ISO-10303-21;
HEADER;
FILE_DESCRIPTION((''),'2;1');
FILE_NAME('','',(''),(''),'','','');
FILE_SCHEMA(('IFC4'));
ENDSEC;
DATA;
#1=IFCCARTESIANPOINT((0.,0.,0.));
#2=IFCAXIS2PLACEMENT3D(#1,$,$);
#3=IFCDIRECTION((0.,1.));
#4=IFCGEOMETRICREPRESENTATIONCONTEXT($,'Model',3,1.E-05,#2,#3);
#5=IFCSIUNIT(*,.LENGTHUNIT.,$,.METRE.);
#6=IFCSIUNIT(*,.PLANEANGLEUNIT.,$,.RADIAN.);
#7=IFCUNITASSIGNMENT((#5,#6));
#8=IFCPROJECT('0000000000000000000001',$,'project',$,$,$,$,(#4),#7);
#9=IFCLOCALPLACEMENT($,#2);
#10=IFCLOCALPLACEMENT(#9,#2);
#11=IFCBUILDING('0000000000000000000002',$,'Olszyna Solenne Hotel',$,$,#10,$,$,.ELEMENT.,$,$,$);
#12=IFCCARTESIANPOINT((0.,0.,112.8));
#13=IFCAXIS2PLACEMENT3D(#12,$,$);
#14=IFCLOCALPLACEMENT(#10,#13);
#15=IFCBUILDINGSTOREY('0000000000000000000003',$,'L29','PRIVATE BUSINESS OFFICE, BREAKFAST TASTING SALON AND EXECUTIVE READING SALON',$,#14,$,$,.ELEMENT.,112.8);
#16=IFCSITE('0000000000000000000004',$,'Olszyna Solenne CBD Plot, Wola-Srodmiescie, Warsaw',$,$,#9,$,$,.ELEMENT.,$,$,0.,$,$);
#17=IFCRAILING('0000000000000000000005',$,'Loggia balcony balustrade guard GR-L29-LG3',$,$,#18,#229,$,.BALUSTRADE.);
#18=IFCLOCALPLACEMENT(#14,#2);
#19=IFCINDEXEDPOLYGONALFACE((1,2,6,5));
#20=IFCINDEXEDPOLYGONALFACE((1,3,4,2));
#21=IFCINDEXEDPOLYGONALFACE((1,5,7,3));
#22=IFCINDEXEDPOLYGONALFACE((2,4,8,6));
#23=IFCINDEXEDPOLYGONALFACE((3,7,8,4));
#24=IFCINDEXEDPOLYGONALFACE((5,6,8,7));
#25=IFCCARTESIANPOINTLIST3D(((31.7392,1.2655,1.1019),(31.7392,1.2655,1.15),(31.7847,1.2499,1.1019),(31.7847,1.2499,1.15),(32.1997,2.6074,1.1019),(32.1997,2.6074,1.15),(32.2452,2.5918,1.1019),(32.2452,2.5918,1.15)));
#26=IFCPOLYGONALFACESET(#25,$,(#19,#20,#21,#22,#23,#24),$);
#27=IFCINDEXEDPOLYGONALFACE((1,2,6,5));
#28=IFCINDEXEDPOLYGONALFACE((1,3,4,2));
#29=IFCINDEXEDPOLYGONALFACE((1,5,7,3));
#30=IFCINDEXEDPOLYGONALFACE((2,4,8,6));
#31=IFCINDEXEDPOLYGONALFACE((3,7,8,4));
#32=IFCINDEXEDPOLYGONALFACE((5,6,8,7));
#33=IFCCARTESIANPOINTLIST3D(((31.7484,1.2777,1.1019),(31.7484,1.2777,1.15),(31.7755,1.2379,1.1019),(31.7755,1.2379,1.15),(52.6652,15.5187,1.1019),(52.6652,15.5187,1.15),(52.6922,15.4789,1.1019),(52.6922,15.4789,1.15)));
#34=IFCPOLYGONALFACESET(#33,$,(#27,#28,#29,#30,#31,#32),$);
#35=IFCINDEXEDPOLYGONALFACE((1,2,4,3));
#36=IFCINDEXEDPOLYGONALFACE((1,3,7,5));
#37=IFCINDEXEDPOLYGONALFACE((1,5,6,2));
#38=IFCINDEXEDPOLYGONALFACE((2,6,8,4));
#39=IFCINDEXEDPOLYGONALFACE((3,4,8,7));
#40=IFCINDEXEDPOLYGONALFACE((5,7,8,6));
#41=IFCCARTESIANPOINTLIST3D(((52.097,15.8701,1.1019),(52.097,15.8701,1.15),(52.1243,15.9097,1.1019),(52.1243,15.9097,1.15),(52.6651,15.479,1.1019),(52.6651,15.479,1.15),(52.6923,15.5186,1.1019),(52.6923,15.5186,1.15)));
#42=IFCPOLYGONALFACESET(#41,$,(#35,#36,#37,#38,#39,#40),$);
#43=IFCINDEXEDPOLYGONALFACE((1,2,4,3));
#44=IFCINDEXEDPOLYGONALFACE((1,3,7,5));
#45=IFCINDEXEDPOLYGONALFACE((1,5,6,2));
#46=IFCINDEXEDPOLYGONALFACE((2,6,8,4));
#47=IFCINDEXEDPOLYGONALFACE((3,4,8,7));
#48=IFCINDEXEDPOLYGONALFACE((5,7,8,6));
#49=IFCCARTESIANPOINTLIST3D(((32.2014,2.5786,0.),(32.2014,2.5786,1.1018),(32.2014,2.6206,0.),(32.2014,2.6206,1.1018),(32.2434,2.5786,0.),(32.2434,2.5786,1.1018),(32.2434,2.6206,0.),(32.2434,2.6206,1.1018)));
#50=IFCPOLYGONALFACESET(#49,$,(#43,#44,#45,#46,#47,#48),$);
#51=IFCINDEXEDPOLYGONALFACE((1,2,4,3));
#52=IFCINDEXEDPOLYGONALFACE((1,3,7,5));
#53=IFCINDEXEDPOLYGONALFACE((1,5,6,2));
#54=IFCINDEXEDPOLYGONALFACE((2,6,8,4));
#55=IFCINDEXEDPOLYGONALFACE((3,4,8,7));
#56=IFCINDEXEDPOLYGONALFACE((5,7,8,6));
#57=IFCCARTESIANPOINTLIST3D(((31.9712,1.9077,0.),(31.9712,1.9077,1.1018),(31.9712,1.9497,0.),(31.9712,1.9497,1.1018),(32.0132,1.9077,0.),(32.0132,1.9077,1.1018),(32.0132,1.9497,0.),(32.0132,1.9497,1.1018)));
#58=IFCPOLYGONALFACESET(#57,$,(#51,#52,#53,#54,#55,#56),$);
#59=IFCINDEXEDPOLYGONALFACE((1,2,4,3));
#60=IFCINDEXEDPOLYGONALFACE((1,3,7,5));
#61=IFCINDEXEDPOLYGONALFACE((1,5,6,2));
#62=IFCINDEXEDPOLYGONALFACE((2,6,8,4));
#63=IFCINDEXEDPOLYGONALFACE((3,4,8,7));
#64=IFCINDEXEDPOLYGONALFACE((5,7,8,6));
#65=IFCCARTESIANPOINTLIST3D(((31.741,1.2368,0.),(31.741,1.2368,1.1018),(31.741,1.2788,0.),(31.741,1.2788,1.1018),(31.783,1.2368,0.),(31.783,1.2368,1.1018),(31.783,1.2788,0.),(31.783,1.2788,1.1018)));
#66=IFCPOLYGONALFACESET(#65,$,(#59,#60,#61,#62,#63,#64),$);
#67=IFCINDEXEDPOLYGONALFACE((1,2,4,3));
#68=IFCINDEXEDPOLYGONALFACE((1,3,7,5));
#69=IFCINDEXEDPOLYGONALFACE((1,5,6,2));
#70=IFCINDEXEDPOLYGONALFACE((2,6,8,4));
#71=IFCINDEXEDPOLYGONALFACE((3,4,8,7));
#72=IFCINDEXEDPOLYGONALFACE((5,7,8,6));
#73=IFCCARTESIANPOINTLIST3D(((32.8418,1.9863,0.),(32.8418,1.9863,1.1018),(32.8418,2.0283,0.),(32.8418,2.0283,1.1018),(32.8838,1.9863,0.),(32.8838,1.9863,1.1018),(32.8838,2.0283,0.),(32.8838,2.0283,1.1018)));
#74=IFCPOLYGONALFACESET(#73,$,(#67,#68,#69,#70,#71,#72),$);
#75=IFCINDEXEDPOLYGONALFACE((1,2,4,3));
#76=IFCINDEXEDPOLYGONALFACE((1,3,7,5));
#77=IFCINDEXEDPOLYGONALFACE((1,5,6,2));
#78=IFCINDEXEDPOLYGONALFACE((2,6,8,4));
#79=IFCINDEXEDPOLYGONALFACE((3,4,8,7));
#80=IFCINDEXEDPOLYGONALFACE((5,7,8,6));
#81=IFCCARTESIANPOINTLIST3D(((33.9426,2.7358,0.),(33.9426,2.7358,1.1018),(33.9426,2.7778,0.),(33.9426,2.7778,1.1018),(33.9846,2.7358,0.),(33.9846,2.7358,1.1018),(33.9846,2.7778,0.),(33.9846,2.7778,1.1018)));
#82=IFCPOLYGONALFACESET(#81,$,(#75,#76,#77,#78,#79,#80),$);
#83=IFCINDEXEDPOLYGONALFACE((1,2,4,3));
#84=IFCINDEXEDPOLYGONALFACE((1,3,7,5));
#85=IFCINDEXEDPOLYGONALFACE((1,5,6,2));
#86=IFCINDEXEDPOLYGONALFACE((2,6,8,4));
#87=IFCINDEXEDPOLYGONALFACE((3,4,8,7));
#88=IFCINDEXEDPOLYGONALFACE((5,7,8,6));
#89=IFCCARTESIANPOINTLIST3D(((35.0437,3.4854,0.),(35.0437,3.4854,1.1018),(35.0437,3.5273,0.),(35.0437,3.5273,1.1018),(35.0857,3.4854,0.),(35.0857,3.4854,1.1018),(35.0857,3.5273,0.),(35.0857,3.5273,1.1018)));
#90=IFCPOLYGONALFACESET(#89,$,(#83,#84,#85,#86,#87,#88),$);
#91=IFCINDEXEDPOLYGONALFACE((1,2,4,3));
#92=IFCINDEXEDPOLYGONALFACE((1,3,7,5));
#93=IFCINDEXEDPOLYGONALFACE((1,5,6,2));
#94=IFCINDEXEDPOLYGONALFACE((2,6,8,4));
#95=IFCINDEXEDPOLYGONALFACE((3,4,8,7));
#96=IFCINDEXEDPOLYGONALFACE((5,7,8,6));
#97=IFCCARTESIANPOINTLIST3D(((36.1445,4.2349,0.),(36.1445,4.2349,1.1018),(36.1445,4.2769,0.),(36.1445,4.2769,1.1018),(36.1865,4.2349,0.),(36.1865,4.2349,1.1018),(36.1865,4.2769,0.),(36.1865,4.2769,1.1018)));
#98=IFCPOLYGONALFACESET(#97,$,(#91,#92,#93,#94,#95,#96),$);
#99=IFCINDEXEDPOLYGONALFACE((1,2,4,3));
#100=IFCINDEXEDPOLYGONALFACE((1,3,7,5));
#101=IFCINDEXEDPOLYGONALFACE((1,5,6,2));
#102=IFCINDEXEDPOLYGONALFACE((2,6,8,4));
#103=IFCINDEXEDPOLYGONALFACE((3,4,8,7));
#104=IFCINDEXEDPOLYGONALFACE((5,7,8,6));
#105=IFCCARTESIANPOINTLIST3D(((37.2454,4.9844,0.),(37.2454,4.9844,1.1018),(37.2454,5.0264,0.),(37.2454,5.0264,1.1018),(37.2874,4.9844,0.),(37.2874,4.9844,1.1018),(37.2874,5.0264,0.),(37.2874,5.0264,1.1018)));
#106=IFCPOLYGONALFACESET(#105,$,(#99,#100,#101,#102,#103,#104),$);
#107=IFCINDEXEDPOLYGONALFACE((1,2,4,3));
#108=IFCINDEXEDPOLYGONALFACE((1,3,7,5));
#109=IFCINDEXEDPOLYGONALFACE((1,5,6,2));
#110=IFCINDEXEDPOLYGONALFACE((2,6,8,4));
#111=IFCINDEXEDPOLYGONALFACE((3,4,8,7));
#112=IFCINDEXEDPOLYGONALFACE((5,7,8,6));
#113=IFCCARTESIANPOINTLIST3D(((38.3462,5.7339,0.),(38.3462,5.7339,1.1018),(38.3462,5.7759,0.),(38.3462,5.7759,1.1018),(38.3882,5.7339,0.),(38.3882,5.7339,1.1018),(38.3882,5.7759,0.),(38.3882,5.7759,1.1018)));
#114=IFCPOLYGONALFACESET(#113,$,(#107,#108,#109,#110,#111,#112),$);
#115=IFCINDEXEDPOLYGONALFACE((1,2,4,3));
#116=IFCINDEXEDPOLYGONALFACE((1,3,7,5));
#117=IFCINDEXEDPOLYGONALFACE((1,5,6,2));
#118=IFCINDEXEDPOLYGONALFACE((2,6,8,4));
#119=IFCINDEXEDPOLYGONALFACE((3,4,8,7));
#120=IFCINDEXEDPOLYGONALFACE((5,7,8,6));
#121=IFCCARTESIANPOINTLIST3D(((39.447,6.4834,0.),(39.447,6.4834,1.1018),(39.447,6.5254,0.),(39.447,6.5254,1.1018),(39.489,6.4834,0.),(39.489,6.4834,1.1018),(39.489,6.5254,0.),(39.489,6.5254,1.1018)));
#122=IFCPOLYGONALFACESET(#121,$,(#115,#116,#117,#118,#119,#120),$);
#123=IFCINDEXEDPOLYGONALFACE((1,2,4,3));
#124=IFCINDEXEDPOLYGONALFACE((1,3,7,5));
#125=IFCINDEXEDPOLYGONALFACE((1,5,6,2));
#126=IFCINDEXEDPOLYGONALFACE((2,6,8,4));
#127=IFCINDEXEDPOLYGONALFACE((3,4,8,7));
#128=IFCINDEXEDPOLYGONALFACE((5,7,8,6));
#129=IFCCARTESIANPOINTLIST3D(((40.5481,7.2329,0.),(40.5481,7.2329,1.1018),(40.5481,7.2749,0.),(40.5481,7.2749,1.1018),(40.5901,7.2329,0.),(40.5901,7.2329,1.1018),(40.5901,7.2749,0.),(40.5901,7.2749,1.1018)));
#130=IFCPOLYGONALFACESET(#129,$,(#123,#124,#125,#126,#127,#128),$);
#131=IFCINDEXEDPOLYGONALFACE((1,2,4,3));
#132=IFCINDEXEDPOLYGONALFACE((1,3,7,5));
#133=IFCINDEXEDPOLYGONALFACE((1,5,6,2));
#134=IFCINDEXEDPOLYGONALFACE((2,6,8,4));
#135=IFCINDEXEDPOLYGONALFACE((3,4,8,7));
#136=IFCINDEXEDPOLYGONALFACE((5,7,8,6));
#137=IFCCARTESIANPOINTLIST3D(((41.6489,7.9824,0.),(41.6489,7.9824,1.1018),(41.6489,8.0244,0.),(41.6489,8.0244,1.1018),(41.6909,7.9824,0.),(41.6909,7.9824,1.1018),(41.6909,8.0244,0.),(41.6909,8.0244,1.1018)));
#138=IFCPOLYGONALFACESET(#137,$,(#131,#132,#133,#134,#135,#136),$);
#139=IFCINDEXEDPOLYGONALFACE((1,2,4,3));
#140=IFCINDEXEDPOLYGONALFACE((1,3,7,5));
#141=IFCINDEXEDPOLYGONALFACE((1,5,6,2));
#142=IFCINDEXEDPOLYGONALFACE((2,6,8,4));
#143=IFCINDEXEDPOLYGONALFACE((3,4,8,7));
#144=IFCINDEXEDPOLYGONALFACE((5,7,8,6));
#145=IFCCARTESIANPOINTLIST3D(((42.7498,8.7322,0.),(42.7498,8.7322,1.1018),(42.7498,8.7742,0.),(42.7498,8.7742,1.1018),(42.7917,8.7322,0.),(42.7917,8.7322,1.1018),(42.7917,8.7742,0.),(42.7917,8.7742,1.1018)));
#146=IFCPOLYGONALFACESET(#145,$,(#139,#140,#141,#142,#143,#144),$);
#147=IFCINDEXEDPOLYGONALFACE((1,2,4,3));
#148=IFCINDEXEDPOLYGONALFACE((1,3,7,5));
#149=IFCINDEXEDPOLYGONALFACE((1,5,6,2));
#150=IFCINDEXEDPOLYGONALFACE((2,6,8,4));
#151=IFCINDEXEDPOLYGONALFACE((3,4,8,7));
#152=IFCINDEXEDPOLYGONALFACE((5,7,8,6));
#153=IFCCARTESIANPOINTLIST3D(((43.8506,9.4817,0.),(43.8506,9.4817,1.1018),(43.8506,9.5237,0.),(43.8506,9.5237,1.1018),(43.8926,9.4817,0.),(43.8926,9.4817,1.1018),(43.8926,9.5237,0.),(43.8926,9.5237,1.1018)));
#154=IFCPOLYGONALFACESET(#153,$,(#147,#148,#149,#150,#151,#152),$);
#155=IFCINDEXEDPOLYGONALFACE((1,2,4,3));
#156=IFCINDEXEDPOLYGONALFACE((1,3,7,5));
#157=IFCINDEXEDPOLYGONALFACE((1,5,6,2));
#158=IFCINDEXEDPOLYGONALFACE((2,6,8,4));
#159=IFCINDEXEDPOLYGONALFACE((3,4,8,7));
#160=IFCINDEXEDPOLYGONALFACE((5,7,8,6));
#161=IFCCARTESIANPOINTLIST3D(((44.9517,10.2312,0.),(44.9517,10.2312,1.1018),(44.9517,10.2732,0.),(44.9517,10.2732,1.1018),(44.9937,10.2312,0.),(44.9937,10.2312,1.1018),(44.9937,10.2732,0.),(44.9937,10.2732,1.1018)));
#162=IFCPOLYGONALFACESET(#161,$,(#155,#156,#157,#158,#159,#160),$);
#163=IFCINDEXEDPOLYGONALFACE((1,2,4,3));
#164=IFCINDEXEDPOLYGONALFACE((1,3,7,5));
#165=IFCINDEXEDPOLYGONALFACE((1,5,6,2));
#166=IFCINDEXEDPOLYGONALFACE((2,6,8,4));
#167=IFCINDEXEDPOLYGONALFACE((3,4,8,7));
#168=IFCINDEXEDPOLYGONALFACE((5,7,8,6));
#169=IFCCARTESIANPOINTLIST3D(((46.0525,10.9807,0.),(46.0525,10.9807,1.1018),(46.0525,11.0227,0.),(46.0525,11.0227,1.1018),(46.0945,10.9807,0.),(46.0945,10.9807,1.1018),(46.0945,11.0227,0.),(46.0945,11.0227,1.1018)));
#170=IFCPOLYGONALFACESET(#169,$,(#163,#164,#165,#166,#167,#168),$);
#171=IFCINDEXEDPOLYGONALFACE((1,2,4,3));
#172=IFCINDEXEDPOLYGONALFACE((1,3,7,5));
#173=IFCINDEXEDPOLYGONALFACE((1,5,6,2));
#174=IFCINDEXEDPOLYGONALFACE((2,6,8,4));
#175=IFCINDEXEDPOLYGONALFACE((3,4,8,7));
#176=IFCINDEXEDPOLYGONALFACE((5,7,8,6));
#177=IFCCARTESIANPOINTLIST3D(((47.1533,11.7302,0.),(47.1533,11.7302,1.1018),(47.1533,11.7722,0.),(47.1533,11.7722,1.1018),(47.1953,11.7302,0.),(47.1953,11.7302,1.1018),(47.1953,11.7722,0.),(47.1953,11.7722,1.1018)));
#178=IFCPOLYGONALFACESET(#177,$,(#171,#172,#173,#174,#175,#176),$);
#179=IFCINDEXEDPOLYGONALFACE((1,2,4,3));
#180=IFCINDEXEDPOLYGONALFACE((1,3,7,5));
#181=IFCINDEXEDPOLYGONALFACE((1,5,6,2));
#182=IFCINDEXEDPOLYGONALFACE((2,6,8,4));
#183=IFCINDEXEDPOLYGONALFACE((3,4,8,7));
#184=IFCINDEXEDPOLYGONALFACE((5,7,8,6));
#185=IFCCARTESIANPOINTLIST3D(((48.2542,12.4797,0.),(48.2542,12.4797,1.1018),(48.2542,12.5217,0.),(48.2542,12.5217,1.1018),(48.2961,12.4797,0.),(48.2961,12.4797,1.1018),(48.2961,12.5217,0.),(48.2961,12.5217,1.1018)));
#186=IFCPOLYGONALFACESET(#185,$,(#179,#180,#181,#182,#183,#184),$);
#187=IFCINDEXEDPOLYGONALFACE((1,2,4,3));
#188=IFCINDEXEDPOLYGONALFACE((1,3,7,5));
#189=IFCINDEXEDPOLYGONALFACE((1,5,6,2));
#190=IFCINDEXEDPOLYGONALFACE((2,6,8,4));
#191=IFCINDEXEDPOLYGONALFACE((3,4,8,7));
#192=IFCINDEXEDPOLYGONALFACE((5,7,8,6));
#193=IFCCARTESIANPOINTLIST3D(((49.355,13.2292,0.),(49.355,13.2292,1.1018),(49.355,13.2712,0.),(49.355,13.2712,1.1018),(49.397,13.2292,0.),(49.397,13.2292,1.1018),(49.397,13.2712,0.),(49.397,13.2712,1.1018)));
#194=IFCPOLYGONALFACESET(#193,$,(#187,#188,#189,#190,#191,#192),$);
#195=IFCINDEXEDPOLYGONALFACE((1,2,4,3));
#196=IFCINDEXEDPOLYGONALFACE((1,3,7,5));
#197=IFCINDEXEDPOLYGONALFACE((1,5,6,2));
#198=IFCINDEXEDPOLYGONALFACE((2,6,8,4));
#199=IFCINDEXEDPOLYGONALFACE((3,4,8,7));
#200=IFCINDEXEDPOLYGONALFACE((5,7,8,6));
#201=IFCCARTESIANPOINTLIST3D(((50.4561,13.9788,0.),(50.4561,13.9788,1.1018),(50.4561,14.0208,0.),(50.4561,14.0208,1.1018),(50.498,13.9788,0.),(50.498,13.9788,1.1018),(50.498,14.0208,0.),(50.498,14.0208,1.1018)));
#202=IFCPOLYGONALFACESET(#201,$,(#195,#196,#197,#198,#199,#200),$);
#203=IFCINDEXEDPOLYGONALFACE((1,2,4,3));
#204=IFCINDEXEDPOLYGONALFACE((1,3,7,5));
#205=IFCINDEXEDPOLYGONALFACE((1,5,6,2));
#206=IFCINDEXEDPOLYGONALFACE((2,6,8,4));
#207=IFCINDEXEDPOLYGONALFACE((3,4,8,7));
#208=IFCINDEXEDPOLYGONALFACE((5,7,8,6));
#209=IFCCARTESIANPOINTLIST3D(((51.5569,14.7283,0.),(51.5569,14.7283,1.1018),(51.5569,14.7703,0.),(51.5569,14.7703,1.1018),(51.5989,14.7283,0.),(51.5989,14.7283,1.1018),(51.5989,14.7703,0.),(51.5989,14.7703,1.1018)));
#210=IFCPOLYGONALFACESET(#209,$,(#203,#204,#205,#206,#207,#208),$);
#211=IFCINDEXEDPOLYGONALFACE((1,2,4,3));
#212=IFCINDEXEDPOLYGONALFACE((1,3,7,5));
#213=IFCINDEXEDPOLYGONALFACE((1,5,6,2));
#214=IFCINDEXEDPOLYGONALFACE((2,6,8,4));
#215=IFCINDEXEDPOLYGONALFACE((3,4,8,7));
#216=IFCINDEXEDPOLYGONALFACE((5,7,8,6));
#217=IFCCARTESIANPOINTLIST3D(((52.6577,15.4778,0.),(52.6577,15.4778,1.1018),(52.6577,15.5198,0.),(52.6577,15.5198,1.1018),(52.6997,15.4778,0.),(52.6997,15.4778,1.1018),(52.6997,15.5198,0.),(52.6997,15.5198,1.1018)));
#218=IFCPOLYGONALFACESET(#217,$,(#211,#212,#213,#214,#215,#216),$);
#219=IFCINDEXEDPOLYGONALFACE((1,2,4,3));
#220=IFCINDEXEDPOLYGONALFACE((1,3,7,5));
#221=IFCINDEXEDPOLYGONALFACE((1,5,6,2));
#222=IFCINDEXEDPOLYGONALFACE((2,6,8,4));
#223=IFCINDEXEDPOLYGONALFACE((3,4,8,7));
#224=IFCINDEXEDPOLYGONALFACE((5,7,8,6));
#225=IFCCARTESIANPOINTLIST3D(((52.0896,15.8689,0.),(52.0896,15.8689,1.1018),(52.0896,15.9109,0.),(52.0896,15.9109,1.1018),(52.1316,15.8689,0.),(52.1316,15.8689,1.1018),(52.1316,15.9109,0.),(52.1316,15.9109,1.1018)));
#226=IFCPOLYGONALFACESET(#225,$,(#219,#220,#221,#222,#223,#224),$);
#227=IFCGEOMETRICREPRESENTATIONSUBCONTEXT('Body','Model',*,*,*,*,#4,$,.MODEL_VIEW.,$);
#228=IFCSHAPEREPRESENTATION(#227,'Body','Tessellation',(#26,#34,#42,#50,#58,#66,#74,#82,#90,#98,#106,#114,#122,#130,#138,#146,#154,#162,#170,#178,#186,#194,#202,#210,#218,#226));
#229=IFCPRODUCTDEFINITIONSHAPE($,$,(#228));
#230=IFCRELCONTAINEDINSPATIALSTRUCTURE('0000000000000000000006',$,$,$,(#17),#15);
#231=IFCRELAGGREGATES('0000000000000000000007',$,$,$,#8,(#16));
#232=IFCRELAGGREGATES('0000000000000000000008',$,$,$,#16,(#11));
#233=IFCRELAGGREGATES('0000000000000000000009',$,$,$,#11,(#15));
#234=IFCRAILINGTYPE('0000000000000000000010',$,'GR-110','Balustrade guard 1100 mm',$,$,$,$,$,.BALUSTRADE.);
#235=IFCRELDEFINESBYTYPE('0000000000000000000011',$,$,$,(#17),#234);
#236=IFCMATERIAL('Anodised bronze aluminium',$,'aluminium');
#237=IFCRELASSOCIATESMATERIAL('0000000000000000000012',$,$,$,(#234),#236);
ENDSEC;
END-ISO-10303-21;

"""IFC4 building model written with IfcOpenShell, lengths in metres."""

from ifc_helpers import new_model, si_unit, direction, frame, origin, origin_2d, place, context, subcontext, project, spatial, rectangle, extrude, material, type_object, element, save


model = new_model("IFC4")

# Units and contexts
model_context = context("Model", 3, precision=1e-05, world=origin(), true_north=direction((0.0, 1.0)))
body_context = subcontext(model_context, "Body", "Model", "MODEL_VIEW")
ifc_project = project(units=[si_unit("LENGTHUNIT", "METRE"), si_unit("PLANEANGLEUNIT", "RADIAN")], contexts=[model_context])

# Site, building, storey
site_placement = place(None, origin())
site = spatial("IfcSite", under=ifc_project, at=site_placement, Name="Olszyna Solenne CBD Plot, Wola-Srodmiescie, Warsaw", CompositionType="ELEMENT", RefElevation=0.0)
building_placement = place(site_placement, origin())
building = spatial("IfcBuilding", under=site, at=building_placement, Name="Olszyna Solenne Hotel", CompositionType="ELEMENT")
storey_placement = place(building_placement, frame((0.0, 0.0, 112.8)))
storey = spatial("IfcBuildingStorey", under=building, at=storey_placement, Name="L29", Description="PRIVATE BUSINESS OFFICE, BREAKFAST TASTING SALON AND EXECUTIVE READING SALON", CompositionType="ELEMENT", Elevation=112.8)

# Railing
ifc_material_1 = material(Name="Anodised bronze aluminium", Category="aluminium")
railing_type_1 = type_object("IfcRailingType", Name="GR-110", Description="Balustrade guard 1100 mm", PredefinedType="BALUSTRADE", material=ifc_material_1)
railing_1_placement = place(storey_placement, frame((32.2224, 2.5996, 0.0)))
element("IfcRailing", 1, at=railing_1_placement, inside=storey, type_object=railing_type_1, Name="Loggia balcony balustrade guard GR-L29-LG3", PredefinedType="BALUSTRADE", context=body_context, shape_type="SweptSolid", body=[
    extrude(rectangle(XDim=0.0481, YDim=0.0481, at=origin_2d()), frame((0.0, 0.0, 1.126), z_axis=(-0.32458, -0.945858, 0.0), x_axis=(0.945858, -0.32458, 0.0)), (0.0, 0.0, 1.0), 1.4187),
    extrude(rectangle(XDim=0.0481, YDim=0.0481, at=origin_2d()), frame((-0.4604, -1.3418, 1.126), z_axis=(0.826603, 0.562785, 0.0), x_axis=(-0.562785, 0.826603, 0.0)), (0.0, 0.0, 1.0), 25.3044),
    extrude(rectangle(XDim=0.0481, YDim=0.0481, at=origin_2d()), frame((20.4563, 12.8992, 1.126), z_axis=(-0.82368, 0.567054, 0.0), x_axis=(-0.567054, -0.82368, 0.0)), (0.0, 0.0, 1.0), 0.6897),
    extrude(rectangle(XDim=0.042, YDim=0.042, at=origin_2d()), origin(), (0.0, 0.0, 1.0), 1.1018),
    extrude(rectangle(XDim=0.042, YDim=0.042, at=origin_2d()), frame((-0.2302, -0.6709, 0.0)), (0.0, 0.0, 1.0), 1.1018),
    extrude(rectangle(XDim=0.042, YDim=0.042, at=origin_2d()), frame((-0.4604, -1.3418, 0.0)), (0.0, 0.0, 1.0), 1.1018),
    extrude(rectangle(XDim=0.042, YDim=0.042, at=origin_2d()), frame((0.6404, -0.5923, 0.0)), (0.0, 0.0, 1.0), 1.1018),
    extrude(rectangle(XDim=0.042, YDim=0.042, at=origin_2d()), frame((1.7412, 0.1572, 0.0)), (0.0, 0.0, 1.0), 1.1018),
    extrude(rectangle(XDim=0.042, YDim=0.042, at=origin_2d()), frame((2.8423, 0.9067, 0.0)), (0.0, 0.0, 1.0), 1.1018),
    extrude(rectangle(XDim=0.042, YDim=0.042, at=origin_2d()), frame((3.9431, 1.6562, 0.0)), (0.0, 0.0, 1.0), 1.1018),
    extrude(rectangle(XDim=0.042, YDim=0.042, at=origin_2d()), frame((5.0439, 2.4058, 0.0)), (0.0, 0.0, 1.0), 1.1018),
    extrude(rectangle(XDim=0.042, YDim=0.042, at=origin_2d()), frame((6.1448, 3.1553, 0.0)), (0.0, 0.0, 1.0), 1.1018),
    extrude(rectangle(XDim=0.042, YDim=0.042, at=origin_2d()), frame((7.2456, 3.9048, 0.0)), (0.0, 0.0, 1.0), 1.1018),
    extrude(rectangle(XDim=0.042, YDim=0.042, at=origin_2d()), frame((8.3467, 4.6543, 0.0)), (0.0, 0.0, 1.0), 1.1018),
    extrude(rectangle(XDim=0.042, YDim=0.042, at=origin_2d()), frame((9.4475, 5.4038, 0.0)), (0.0, 0.0, 1.0), 1.1018),
    extrude(rectangle(XDim=0.042, YDim=0.042, at=origin_2d()), frame((10.5483, 6.1536, 0.0)), (0.0, 0.0, 1.0), 1.1018),
    extrude(rectangle(XDim=0.042, YDim=0.042, at=origin_2d()), frame((11.6492, 6.9031, 0.0)), (0.0, 0.0, 1.0), 1.1018),
    extrude(rectangle(XDim=0.042, YDim=0.042, at=origin_2d()), frame((12.7502, 7.6526, 0.0)), (0.0, 0.0, 1.0), 1.1018),
    extrude(rectangle(XDim=0.042, YDim=0.042, at=origin_2d()), frame((13.8511, 8.4021, 0.0)), (0.0, 0.0, 1.0), 1.1018),
    extrude(rectangle(XDim=0.042, YDim=0.042, at=origin_2d()), frame((14.9519, 9.1516, 0.0)), (0.0, 0.0, 1.0), 1.1018),
    extrude(rectangle(XDim=0.042, YDim=0.042, at=origin_2d()), frame((16.0527, 9.9011, 0.0)), (0.0, 0.0, 1.0), 1.1018),
    extrude(rectangle(XDim=0.042, YDim=0.042, at=origin_2d()), frame((17.1536, 10.6506, 0.0)), (0.0, 0.0, 1.0), 1.1018),
    extrude(rectangle(XDim=0.042, YDim=0.042, at=origin_2d()), frame((18.2546, 11.4001, 0.0)), (0.0, 0.0, 1.0), 1.1018),
    extrude(rectangle(XDim=0.042, YDim=0.042, at=origin_2d()), frame((19.3555, 12.1497, 0.0)), (0.0, 0.0, 1.0), 1.1018),
    extrude(rectangle(XDim=0.042, YDim=0.042, at=origin_2d()), frame((20.4563, 12.8992, 0.0)), (0.0, 0.0, 1.0), 1.1018),
    extrude(rectangle(XDim=0.042, YDim=0.042, at=origin_2d()), frame((19.8882, 13.2903, 0.0)), (0.0, 0.0, 1.0), 1.1018),
])

save(model, "model.ifc")
